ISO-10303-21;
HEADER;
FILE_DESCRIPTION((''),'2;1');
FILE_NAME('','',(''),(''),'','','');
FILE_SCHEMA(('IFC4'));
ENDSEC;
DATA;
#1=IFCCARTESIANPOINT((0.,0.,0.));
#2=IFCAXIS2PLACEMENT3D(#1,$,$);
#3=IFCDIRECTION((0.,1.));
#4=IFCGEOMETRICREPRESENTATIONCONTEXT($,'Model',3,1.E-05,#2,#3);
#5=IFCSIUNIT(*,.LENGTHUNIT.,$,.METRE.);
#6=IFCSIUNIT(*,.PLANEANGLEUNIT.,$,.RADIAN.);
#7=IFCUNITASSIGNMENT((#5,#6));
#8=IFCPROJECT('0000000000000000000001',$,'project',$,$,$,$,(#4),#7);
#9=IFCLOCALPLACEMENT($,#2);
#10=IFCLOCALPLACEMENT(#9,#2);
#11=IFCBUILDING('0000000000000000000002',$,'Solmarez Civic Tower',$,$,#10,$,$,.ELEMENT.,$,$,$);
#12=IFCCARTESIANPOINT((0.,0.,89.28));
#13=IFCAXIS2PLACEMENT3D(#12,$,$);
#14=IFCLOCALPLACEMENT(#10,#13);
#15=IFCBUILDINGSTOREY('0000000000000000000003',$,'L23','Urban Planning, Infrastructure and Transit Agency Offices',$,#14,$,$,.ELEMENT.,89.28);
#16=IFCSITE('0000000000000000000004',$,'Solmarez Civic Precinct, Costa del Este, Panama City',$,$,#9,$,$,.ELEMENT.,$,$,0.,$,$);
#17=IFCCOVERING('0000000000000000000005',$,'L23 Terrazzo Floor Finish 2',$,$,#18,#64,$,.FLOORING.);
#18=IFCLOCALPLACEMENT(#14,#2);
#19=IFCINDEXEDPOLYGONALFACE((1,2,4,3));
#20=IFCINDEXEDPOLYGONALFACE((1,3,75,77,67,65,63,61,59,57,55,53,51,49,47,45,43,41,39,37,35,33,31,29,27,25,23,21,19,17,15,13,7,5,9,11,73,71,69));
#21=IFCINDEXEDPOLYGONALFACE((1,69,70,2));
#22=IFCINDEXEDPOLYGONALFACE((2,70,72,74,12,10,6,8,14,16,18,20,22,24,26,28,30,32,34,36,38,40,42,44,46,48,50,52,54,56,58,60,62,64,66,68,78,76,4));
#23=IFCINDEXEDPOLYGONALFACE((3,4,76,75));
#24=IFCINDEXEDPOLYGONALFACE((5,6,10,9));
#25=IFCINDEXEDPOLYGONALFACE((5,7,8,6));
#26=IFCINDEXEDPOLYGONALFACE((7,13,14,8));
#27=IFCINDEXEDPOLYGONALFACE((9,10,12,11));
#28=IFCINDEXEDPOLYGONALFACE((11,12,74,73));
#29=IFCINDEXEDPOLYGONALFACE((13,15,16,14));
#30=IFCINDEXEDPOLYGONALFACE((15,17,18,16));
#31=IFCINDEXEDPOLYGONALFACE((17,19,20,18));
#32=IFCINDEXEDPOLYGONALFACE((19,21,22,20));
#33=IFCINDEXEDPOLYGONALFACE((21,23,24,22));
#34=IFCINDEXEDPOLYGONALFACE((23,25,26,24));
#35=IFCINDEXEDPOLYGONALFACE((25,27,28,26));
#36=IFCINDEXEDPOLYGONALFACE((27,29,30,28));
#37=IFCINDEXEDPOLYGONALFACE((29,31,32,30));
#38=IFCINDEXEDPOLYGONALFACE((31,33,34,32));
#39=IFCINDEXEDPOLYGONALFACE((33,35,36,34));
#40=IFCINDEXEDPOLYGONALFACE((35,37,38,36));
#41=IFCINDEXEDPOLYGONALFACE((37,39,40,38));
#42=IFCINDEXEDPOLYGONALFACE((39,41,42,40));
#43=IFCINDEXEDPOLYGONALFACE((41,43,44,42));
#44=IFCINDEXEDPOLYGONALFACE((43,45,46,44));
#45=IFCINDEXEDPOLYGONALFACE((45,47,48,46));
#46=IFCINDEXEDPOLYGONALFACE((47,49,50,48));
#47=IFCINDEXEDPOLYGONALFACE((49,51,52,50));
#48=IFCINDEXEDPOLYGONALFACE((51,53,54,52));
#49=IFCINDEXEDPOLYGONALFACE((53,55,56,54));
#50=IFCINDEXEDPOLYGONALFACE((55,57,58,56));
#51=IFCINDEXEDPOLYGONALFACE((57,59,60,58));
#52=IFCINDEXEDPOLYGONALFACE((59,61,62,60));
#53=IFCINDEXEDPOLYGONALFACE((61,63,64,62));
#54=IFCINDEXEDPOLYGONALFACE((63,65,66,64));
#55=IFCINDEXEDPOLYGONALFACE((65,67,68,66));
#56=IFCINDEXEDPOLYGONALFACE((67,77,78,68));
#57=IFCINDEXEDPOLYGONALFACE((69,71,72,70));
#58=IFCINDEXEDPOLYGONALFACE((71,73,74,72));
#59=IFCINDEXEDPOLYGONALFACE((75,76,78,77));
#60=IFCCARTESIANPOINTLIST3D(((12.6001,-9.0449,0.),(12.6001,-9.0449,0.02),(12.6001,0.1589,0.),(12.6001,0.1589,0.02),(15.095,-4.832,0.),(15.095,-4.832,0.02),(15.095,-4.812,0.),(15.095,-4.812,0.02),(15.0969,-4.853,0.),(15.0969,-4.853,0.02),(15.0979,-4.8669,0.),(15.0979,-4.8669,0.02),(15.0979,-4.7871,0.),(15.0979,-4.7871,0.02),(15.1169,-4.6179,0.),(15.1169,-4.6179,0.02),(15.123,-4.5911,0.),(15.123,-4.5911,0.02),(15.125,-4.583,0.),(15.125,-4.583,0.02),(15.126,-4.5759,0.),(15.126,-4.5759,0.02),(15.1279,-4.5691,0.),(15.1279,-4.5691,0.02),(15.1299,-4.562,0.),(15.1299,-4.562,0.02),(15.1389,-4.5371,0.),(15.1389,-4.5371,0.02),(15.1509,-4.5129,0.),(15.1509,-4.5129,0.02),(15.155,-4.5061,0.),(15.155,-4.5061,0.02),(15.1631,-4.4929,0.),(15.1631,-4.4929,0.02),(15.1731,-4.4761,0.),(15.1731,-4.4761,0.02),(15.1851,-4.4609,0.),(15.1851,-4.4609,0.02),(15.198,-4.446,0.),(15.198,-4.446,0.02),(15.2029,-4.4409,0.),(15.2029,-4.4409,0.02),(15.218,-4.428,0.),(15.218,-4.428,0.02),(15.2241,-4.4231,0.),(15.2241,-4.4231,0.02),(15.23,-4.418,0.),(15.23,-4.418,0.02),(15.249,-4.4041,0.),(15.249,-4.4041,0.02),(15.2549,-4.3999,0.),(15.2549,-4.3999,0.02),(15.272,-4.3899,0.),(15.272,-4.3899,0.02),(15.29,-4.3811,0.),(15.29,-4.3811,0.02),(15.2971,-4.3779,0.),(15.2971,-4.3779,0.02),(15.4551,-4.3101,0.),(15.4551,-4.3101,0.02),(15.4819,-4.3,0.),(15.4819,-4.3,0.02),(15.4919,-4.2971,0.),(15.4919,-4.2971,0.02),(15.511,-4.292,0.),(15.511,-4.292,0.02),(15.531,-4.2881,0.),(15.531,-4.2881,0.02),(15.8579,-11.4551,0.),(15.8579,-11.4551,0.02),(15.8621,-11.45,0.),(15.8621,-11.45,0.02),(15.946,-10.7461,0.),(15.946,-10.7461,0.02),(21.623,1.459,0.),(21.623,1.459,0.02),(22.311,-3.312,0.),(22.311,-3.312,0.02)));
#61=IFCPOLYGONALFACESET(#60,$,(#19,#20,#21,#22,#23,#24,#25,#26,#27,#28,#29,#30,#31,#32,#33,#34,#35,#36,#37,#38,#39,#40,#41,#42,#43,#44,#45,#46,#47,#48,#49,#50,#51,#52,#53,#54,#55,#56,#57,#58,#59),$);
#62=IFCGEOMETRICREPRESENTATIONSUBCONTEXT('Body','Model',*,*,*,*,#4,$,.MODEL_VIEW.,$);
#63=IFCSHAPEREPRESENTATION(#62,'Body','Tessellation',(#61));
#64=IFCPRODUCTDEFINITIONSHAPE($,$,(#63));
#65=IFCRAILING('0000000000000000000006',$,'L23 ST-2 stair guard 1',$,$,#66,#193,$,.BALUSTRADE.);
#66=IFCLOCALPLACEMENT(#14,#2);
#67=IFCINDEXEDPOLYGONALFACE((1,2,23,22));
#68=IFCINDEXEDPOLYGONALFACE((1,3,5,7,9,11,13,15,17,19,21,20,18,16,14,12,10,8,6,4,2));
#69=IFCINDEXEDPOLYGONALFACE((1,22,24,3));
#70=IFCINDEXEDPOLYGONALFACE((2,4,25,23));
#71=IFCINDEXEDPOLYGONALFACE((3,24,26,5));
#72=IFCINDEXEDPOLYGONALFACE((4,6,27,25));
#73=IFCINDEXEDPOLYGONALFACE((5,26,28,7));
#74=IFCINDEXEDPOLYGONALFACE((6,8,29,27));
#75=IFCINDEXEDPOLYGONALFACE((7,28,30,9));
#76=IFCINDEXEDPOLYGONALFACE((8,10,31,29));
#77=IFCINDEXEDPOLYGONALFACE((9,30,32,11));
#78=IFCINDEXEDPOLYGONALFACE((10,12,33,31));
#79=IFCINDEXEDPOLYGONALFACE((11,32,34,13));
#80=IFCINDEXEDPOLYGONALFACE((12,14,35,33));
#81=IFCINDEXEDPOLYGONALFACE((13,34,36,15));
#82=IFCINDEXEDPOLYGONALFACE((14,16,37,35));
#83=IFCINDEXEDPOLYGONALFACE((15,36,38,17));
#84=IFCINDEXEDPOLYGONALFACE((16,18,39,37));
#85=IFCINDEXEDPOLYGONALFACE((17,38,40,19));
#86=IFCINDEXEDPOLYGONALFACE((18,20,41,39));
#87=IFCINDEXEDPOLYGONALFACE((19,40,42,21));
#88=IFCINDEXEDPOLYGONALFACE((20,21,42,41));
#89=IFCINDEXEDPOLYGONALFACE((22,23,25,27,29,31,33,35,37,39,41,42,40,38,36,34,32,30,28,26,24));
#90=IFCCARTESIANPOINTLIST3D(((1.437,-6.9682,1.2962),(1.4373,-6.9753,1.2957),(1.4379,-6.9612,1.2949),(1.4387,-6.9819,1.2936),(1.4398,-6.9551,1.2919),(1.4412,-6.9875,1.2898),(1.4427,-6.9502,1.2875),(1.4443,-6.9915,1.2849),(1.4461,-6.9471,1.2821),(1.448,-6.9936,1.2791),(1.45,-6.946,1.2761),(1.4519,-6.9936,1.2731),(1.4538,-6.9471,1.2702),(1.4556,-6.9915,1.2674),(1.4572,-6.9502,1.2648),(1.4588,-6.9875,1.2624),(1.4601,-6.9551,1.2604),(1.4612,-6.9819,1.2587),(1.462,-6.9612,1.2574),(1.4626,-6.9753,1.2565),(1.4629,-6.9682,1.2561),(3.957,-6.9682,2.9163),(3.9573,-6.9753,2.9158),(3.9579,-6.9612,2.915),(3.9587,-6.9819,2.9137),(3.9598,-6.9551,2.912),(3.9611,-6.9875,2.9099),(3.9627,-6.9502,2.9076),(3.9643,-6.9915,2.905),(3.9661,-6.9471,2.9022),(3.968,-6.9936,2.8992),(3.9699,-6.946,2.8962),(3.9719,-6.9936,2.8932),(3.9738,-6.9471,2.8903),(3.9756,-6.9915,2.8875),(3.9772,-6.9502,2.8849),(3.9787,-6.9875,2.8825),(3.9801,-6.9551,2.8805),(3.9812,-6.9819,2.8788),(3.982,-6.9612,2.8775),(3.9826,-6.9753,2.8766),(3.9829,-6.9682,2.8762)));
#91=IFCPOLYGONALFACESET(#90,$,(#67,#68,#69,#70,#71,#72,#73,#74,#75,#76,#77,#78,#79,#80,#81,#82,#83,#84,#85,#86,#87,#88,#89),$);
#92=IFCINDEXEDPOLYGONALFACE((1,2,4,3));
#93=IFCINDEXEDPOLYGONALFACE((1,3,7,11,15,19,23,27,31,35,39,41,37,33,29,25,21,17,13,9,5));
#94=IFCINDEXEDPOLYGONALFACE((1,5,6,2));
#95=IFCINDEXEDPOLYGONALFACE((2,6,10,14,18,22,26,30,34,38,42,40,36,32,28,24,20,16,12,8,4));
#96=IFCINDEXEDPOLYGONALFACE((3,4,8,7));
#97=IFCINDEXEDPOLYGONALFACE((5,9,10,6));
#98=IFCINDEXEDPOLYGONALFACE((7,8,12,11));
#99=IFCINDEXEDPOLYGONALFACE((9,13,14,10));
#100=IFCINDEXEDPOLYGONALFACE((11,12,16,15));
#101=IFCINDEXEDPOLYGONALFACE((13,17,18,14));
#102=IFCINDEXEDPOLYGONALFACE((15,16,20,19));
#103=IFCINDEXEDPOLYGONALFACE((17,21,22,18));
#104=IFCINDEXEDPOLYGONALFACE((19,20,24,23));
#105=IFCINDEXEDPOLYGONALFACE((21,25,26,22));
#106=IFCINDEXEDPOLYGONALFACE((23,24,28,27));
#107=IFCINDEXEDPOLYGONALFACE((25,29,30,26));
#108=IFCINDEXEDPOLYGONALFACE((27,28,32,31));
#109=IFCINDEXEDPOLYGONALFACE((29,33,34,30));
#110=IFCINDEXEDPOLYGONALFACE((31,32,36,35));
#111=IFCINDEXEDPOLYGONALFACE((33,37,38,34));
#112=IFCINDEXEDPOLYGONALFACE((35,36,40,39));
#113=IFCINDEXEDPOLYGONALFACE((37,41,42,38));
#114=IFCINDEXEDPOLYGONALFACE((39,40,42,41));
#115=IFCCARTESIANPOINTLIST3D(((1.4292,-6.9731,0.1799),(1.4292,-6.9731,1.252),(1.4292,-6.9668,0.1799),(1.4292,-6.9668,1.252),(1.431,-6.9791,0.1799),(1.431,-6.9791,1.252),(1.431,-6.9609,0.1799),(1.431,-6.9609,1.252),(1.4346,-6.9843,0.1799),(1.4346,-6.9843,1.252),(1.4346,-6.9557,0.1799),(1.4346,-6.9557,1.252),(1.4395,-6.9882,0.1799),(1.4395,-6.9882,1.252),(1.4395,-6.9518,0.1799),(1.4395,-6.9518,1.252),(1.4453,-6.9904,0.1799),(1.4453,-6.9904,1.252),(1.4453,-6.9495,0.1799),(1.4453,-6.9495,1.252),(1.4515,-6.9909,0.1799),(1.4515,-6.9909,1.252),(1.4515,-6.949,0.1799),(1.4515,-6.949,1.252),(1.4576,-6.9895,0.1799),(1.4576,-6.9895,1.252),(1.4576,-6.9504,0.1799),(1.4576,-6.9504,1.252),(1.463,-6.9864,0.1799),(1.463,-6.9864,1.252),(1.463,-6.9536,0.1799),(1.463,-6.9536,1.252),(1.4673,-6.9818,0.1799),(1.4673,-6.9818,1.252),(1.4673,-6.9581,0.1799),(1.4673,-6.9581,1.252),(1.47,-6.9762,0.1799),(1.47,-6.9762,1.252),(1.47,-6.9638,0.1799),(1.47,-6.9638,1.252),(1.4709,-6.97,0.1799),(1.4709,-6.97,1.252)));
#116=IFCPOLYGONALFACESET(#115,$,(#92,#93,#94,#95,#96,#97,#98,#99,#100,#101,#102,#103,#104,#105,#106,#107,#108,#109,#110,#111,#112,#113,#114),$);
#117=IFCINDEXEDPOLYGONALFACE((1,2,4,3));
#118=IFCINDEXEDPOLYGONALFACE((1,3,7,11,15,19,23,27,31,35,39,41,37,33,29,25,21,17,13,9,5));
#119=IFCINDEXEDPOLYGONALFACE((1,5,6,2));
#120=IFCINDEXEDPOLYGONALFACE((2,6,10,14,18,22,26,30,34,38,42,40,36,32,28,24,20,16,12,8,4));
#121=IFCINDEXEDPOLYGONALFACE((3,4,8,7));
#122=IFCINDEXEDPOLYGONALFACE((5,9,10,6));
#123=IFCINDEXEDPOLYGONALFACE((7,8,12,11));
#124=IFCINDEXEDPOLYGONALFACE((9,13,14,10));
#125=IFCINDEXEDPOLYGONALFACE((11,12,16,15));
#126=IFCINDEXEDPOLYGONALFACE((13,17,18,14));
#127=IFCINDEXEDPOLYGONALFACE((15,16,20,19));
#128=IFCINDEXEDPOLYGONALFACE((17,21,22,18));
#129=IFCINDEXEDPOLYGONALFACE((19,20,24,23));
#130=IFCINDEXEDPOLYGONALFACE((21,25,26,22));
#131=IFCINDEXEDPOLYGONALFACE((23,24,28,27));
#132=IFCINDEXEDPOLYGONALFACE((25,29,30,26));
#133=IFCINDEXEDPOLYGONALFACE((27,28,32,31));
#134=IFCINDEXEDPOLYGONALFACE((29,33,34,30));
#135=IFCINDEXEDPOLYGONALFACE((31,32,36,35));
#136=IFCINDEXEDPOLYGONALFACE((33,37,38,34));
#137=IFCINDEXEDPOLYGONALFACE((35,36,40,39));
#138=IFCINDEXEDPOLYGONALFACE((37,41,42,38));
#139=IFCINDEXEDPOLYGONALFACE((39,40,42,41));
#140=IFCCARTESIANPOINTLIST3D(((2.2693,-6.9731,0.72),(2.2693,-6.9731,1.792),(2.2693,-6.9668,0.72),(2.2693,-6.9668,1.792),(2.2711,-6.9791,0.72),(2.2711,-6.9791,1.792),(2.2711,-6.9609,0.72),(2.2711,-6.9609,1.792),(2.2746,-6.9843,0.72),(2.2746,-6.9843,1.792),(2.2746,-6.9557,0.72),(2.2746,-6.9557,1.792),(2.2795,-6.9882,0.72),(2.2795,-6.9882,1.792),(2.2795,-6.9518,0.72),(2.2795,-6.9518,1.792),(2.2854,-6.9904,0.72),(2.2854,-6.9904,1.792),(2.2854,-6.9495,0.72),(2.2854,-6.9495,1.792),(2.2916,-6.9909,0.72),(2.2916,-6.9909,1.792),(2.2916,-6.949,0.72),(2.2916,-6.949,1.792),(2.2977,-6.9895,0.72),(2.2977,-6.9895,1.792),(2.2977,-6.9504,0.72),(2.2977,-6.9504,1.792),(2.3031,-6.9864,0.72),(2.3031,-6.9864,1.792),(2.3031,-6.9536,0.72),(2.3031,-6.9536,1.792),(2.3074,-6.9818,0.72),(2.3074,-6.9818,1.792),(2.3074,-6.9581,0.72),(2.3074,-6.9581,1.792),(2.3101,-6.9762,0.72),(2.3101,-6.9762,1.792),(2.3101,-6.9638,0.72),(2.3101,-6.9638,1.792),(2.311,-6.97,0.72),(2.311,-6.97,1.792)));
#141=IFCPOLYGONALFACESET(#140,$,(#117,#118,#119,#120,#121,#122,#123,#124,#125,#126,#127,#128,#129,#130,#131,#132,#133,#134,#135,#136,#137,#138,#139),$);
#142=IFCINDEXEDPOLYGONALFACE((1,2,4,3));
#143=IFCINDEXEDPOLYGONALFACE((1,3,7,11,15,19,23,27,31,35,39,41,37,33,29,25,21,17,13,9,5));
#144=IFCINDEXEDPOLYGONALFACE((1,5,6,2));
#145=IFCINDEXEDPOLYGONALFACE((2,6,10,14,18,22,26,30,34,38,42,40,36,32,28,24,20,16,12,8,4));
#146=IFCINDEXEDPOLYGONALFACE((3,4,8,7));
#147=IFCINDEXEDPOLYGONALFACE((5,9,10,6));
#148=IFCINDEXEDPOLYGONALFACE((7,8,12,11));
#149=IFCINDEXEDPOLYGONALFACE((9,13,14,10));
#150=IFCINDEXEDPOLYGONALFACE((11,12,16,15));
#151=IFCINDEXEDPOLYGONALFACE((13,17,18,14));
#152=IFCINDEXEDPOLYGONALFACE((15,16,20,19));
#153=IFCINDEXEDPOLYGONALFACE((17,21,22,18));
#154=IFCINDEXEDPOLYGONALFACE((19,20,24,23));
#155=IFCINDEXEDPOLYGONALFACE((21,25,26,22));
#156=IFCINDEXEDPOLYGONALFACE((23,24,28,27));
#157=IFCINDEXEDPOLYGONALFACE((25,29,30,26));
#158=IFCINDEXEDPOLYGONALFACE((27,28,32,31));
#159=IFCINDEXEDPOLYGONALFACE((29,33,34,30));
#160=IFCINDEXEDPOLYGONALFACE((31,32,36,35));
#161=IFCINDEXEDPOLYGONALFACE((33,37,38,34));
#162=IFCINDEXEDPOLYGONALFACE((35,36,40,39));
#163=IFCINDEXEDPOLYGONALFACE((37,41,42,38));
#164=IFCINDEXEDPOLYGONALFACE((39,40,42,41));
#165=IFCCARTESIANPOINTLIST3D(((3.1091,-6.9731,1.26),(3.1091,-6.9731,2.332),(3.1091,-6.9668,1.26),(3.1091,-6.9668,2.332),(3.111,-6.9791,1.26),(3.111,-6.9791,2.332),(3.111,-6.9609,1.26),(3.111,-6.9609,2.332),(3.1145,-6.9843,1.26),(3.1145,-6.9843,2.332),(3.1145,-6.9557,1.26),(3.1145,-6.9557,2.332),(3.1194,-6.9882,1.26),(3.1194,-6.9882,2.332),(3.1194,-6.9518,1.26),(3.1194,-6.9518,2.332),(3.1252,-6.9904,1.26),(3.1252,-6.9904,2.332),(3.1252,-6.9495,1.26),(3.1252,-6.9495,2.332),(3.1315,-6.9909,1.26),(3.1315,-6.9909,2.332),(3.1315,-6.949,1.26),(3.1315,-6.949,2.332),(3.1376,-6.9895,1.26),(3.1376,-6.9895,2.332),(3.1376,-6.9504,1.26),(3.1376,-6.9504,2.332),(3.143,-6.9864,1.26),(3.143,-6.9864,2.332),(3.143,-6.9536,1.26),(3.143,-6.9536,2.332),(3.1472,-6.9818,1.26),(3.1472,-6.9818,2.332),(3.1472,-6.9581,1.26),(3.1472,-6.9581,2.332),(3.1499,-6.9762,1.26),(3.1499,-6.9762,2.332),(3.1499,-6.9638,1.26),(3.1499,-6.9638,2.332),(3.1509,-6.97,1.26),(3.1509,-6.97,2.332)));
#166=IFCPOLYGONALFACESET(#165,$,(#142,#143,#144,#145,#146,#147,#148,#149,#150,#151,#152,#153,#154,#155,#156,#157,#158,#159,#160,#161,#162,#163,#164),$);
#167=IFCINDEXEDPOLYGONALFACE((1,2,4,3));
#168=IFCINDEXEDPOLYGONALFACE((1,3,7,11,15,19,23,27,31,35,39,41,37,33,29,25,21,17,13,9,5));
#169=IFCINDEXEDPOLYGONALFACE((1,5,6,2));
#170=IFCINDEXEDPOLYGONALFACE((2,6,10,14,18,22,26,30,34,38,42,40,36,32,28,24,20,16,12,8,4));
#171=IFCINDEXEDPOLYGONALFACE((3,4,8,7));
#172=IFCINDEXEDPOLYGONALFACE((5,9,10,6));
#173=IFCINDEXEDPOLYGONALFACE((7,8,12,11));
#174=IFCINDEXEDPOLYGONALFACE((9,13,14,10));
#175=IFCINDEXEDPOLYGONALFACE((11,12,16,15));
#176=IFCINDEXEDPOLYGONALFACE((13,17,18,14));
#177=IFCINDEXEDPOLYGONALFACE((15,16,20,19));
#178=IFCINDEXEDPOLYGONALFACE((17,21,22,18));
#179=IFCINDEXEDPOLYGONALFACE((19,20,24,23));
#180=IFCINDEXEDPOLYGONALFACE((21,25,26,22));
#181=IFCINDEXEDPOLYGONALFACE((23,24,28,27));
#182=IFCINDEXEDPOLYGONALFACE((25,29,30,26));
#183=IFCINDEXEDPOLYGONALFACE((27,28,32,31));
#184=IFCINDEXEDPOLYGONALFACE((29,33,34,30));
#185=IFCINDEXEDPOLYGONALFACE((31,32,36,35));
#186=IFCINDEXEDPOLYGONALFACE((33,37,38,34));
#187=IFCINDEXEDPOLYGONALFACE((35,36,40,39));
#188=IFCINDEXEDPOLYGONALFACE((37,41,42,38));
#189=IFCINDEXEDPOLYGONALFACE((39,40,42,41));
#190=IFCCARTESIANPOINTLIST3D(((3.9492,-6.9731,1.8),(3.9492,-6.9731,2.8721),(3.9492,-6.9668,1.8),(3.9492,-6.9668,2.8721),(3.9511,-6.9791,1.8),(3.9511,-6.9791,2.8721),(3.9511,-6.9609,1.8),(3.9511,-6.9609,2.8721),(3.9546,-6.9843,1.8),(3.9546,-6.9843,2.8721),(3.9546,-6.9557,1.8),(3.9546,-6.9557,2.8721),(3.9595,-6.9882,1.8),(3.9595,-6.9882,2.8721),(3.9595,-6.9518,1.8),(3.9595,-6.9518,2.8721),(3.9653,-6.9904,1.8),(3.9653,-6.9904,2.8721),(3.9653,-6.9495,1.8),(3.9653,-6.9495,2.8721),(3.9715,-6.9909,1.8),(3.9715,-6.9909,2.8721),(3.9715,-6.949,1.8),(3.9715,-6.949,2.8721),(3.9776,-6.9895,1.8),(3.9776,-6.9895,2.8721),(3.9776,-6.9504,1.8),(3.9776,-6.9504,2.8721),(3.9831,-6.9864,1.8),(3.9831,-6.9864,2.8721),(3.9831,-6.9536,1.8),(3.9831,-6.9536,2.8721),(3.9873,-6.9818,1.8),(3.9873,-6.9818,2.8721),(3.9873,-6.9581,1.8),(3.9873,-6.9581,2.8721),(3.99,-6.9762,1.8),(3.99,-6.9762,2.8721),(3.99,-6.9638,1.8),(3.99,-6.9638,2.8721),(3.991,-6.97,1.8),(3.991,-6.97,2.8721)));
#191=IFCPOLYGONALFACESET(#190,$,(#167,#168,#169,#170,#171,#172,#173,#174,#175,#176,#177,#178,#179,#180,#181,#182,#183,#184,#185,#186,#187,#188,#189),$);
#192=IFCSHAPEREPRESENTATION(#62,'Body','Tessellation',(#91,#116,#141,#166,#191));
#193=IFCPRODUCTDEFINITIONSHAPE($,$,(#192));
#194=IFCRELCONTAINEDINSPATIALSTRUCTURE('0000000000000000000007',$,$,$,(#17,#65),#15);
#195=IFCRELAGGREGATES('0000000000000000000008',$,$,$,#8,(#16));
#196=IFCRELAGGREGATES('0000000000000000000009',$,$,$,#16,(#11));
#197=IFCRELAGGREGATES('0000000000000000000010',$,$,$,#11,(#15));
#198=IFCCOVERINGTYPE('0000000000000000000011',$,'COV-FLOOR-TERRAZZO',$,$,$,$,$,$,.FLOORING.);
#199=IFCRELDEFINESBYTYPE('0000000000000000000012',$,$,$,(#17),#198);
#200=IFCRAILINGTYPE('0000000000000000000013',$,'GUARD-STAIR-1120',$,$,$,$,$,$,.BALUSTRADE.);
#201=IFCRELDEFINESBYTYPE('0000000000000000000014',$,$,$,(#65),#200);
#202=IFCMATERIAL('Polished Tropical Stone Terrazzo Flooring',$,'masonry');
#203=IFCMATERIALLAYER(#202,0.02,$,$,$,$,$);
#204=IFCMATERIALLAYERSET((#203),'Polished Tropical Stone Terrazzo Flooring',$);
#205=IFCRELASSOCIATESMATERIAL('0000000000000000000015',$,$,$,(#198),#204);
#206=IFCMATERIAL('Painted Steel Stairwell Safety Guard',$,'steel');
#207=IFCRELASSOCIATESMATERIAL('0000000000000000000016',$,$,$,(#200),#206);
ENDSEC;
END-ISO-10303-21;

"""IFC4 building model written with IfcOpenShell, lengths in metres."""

from ifc_helpers import new_model, si_unit, direction, frame, origin, origin_2d, place, context, subcontext, project, spatial, polyline, circle, outline, extrude, material, layer, layer_set, type_object, element, save


model = new_model("IFC4")

# Units and contexts
model_context = context("Model", 3, precision=1e-05, world=origin(), true_north=direction((0.0, 1.0)))
body_context = subcontext(model_context, "Body", "Model", "MODEL_VIEW")
ifc_project = project(units=[si_unit("LENGTHUNIT", "METRE"), si_unit("PLANEANGLEUNIT", "RADIAN")], contexts=[model_context])

# Site, building, storey
site_placement = place(None, origin())
site = spatial("IfcSite", under=ifc_project, at=site_placement, Name="Solmarez Civic Precinct, Costa del Este, Panama City", CompositionType="ELEMENT", RefElevation=0.0)
building_placement = place(site_placement, origin())
building = spatial("IfcBuilding", under=site, at=building_placement, Name="Solmarez Civic Tower", CompositionType="ELEMENT")
storey_placement = place(building_placement, frame((0.0, 0.0, 89.28)))
storey = spatial("IfcBuildingStorey", under=building, at=storey_placement, Name="L23", Description="Urban Planning, Infrastructure and Transit Agency Offices", CompositionType="ELEMENT", Elevation=89.28)

# Covering
ifc_material_1 = material(Name="Polished Tropical Stone Terrazzo Flooring", Category="masonry")
ifc_layer_1 = layer(ifc_material_1, 0.02)
ifc_layer_set_1 = layer_set([ifc_layer_1], Name="Polished Tropical Stone Terrazzo Flooring")
covering_type_1 = type_object("IfcCoveringType", Name="COV-FLOOR-TERRAZZO", PredefinedType="FLOORING", material=ifc_layer_set_1)
covering_1_placement = place(storey_placement, origin())
element("IfcCovering", 1, at=covering_1_placement, inside=storey, type_object=covering_type_1, Name="L23 Terrazzo Floor Finish 2", PredefinedType="FLOORING", context=body_context, shape_type="SweptSolid", body=[
    extrude(outline(polyline([(12.6001, 0.1589), (12.6001, -9.0449), (15.8579, -11.4551), (15.8621, -11.45), (15.946, -10.7461), (15.0979, -4.8669), (15.0969, -4.853), (15.095, -4.832), (15.095, -4.812), (15.0979, -4.7871), (15.1169, -4.6179), (15.123, -4.5911), (15.125, -4.583), (15.126, -4.5759), (15.1279, -4.5691), (15.1299, -4.562), (15.1389, -4.5371), (15.1509, -4.5129), (15.155, -4.5061), (15.1631, -4.4929), (15.1731, -4.4761), (15.1851, -4.4609), (15.198, -4.446), (15.2029, -4.4409), (15.218, -4.428), (15.2241, -4.4231), (15.23, -4.418), (15.249, -4.4041), (15.2549, -4.3999), (15.272, -4.3899), (15.29, -4.3811), (15.2971, -4.3779), (15.4551, -4.3101), (15.4819, -4.3), (15.4919, -4.2971), (15.511, -4.292), (15.531, -4.2881), (22.311, -3.312), (21.623, 1.459), (12.6001, 0.1589)])), origin(), (0.0, 0.0, 1.0), 0.02),
])

# Railing
ifc_material_2 = material(Name="Painted Steel Stairwell Safety Guard", Category="steel")
railing_type_1 = type_object("IfcRailingType", Name="GUARD-STAIR-1120", PredefinedType="BALUSTRADE", material=ifc_material_2)
railing_1_placement = place(storey_placement, frame((1.45, -6.97, 0.1799)))
element("IfcRailing", 2, at=railing_1_placement, inside=storey, type_object=railing_type_1, Name="L23 ST-2 stair guard 1", PredefinedType="BALUSTRADE", context=body_context, shape_type="SweptSolid", body=[
    extrude(circle(Radius=0.0239, at=origin_2d()), frame((0.0, 0.0, 1.0962), z_axis=(0.841163, 0.0, 0.540782), x_axis=(0.0, 1.0, 0.0)), (0.0, 0.0, 1.0), 2.9958),
    extrude(circle(Radius=0.021, at=origin_2d()), origin(), (0.0, 0.0, 1.0), 1.072),
    extrude(circle(Radius=0.021, at=origin_2d()), frame((0.8401, 0.0, 0.54)), (0.0, 0.0, 1.0), 1.072),
    extrude(circle(Radius=0.021, at=origin_2d()), frame((1.6799, 0.0, 1.0801)), (0.0, 0.0, 1.0), 1.072),
    extrude(circle(Radius=0.021, at=origin_2d()), frame((2.52, 0.0, 1.6201)), (0.0, 0.0, 1.0), 1.072),
])

save(model, "model.ifc")
